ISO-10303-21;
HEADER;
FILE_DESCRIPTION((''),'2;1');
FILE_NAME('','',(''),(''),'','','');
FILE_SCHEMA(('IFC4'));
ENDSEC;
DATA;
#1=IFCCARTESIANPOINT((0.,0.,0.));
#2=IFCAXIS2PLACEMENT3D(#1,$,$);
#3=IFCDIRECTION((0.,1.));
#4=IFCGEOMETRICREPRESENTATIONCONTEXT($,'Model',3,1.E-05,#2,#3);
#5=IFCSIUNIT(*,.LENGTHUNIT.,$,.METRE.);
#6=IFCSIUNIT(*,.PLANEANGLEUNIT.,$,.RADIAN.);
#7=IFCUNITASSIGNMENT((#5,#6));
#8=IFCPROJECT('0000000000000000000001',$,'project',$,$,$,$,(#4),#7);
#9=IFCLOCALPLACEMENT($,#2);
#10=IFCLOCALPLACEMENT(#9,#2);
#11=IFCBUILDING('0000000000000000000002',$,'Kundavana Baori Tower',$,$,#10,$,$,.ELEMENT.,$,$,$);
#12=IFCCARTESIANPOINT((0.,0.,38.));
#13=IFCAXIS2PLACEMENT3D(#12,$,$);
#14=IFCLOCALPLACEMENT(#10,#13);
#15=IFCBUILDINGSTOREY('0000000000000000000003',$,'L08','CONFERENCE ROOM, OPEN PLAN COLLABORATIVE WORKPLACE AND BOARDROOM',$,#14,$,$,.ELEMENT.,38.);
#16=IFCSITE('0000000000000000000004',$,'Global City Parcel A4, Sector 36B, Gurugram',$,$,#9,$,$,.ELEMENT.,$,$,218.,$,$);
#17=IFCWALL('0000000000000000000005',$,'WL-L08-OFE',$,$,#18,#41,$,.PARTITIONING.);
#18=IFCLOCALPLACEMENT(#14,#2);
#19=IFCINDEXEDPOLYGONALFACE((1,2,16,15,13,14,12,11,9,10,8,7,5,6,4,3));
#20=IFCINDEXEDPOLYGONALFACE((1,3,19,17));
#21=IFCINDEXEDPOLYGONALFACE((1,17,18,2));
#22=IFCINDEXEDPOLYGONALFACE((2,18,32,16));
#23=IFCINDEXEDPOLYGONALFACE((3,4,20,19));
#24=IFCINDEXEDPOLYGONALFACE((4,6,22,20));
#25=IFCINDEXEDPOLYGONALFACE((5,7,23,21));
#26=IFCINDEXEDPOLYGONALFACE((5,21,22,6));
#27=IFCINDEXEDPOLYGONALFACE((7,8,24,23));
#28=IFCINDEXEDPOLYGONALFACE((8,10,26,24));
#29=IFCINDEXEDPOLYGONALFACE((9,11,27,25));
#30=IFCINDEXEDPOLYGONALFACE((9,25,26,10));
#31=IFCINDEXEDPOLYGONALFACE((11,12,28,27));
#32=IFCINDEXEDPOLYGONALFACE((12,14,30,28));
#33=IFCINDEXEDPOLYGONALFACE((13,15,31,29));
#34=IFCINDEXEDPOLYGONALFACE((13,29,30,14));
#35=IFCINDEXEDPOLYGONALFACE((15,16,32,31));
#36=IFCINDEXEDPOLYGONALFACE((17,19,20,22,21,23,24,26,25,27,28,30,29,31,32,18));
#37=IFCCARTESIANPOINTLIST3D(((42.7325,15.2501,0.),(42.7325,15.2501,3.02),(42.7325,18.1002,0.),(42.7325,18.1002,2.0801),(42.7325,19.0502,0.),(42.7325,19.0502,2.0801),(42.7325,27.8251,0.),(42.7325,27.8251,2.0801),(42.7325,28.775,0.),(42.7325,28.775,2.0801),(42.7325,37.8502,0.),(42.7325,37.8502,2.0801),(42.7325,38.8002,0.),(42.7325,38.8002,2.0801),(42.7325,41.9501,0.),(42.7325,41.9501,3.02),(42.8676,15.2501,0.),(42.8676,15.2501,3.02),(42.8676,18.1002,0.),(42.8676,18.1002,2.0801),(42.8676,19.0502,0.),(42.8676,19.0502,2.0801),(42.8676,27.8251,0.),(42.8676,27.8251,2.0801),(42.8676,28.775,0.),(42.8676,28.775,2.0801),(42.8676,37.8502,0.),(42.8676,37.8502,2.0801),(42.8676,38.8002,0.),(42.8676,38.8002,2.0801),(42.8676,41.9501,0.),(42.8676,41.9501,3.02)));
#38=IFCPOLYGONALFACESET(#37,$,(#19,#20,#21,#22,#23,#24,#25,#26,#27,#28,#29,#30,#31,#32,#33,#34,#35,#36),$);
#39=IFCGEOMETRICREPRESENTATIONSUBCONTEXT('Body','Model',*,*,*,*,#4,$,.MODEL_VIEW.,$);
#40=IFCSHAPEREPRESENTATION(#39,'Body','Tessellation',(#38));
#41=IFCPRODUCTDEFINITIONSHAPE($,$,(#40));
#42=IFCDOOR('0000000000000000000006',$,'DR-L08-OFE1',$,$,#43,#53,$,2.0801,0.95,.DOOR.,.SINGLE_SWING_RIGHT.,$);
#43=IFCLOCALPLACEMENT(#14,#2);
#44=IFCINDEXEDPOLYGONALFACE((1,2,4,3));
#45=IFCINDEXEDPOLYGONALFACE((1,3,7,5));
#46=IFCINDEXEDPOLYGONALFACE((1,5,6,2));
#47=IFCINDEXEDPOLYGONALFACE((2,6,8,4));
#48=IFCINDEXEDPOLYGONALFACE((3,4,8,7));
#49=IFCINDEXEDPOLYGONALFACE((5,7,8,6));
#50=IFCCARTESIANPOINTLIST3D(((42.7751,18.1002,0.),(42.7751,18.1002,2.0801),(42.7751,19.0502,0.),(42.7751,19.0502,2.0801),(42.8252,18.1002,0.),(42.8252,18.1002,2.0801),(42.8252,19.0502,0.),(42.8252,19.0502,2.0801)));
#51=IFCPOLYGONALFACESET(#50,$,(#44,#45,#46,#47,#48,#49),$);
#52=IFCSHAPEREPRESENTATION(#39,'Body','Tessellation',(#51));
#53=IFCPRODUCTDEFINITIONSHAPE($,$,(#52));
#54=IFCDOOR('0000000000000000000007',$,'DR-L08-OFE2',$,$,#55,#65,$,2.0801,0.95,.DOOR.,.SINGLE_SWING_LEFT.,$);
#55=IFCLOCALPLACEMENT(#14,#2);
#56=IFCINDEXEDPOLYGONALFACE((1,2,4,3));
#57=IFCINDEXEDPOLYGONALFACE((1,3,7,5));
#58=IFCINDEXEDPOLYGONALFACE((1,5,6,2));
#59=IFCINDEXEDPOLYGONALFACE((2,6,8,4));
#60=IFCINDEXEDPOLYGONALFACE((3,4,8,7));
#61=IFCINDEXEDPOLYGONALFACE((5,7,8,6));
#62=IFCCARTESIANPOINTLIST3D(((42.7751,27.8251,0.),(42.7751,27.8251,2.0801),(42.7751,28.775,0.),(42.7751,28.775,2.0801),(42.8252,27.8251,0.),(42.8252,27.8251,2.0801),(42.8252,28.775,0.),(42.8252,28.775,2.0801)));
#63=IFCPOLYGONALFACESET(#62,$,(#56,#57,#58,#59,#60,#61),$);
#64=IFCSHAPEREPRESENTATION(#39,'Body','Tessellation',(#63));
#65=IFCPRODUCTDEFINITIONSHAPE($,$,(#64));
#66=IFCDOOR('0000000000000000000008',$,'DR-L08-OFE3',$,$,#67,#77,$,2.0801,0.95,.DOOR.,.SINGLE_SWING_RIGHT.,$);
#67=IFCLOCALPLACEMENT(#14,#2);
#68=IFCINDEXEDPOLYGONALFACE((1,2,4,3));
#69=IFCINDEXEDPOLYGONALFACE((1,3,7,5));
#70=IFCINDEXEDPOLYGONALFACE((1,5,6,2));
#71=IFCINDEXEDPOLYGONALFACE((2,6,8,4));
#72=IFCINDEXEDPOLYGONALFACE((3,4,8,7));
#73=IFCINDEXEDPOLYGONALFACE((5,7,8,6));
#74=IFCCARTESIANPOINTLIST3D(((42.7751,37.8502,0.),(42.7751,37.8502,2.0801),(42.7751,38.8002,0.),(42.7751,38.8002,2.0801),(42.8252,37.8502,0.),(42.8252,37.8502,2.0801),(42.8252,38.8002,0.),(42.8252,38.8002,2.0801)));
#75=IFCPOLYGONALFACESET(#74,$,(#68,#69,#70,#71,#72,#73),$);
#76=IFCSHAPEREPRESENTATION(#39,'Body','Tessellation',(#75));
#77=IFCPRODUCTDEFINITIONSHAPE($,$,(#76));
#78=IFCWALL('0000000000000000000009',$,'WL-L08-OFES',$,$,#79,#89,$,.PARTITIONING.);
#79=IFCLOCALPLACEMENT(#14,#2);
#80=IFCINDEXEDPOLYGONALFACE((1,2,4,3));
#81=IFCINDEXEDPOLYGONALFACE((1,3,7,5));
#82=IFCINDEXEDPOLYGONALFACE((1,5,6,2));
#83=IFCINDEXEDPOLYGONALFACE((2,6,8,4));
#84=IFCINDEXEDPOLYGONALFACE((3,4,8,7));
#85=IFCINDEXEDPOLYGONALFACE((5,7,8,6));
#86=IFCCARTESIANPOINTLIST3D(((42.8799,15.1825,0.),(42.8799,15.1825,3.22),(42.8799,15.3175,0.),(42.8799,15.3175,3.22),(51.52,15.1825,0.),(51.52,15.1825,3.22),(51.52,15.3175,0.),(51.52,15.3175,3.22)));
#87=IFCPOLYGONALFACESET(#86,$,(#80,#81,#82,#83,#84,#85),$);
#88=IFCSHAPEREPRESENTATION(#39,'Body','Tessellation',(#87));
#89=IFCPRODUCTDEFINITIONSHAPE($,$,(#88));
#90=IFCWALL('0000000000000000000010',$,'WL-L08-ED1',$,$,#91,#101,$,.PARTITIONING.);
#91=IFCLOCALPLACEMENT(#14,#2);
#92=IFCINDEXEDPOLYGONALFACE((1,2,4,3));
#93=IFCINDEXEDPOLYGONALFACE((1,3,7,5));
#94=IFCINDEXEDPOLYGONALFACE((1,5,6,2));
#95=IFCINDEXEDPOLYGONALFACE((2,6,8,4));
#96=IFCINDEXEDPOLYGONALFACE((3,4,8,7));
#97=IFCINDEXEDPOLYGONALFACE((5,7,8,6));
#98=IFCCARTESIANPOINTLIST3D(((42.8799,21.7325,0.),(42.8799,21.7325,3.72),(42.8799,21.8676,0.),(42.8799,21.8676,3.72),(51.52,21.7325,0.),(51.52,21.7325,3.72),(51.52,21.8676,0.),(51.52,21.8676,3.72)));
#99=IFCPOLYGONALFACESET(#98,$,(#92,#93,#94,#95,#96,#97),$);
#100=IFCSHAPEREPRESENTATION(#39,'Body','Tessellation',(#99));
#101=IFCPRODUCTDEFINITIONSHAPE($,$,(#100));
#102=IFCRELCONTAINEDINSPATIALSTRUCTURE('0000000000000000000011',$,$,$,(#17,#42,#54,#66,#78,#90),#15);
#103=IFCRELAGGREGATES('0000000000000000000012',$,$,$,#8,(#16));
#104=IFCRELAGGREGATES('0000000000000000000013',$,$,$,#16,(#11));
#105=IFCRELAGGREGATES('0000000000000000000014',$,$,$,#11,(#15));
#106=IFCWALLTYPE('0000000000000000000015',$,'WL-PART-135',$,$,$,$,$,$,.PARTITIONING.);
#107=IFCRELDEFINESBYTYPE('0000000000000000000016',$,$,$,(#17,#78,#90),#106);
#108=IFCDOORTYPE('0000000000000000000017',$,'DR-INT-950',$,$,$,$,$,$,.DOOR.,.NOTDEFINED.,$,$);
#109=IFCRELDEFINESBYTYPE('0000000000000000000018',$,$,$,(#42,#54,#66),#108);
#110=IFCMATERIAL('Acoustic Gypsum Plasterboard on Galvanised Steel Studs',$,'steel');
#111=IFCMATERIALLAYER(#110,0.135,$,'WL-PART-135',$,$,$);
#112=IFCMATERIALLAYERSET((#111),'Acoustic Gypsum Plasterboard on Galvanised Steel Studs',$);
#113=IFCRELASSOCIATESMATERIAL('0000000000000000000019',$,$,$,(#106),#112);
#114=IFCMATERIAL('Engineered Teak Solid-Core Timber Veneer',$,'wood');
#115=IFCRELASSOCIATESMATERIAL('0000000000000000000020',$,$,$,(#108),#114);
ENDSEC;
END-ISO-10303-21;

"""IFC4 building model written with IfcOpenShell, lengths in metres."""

from ifc_helpers import new_model, si_unit, direction, frame, frame_2d, origin, place, context, subcontext, project, spatial, rectangle, extrude, material, layer, layer_set, type_object, element, fill, save


model = new_model("IFC4")

# Units and contexts
model_context = context("Model", 3, precision=1e-05, world=origin(), true_north=direction((0.0, 1.0)))
body_context = subcontext(model_context, "Body", "Model", "MODEL_VIEW")
ifc_project = project(units=[si_unit("LENGTHUNIT", "METRE"), si_unit("PLANEANGLEUNIT", "RADIAN")], contexts=[model_context])

# Site, building, storey
site_placement = place(None, origin())
site = spatial("IfcSite", under=ifc_project, at=site_placement, Name="Global City Parcel A4, Sector 36B, Gurugram", CompositionType="ELEMENT", RefElevation=218.0)
building_placement = place(site_placement, origin())
building = spatial("IfcBuilding", under=site, at=building_placement, Name="Kundavana Baori Tower", CompositionType="ELEMENT")
storey_placement = place(building_placement, frame((0.0, 0.0, 38.0)))
storey = spatial("IfcBuildingStorey", under=building, at=storey_placement, Name="L08", Description="CONFERENCE ROOM, OPEN PLAN COLLABORATIVE WORKPLACE AND BOARDROOM", CompositionType="ELEMENT", Elevation=38.0)

# Wall, openings, doors
ifc_material_1 = material(Name="Acoustic Gypsum Plasterboard on Galvanised Steel Studs", Category="steel")
ifc_layer_1 = layer(ifc_material_1, 0.135, Name="WL-PART-135")
ifc_layer_set_1 = layer_set([ifc_layer_1], Name="Acoustic Gypsum Plasterboard on Galvanised Steel Studs")
wall_type_1 = type_object("IfcWallType", Name="WL-PART-135", PredefinedType="PARTITIONING", material=ifc_layer_set_1)
wall_1_placement = place(storey_placement, frame((42.8, 15.25, 0.0), z_axis=(0.0, 0.0, 1.0), x_axis=(0.0, 1.0, 0.0)))
wall_1 = element("IfcWall", 1, at=wall_1_placement, inside=storey, type_object=wall_type_1, Name="WL-L08-OFE", PredefinedType="PARTITIONING", context=body_context, shape_type="SweptSolid", body=[
    extrude(rectangle(XDim=26.7, YDim=0.135, at=frame_2d((13.3501, 0.0))), origin(), (0.0, 0.0, 1.0), 3.02),
])
opening_1_placement = place(wall_1_placement, frame((2.8501, 0.0, 0.0)))
opening_1 = element("IfcOpeningElement", 2, at=opening_1_placement, cuts=wall_1, PredefinedType="OPENING", context=body_context, shape_type="SweptSolid", body=[
    extrude(rectangle(XDim=0.95, YDim=2.0801, at=frame_2d((0.4751, 1.04))), frame((0.0, 0.0776, 0.0), z_axis=(0.0, -1.0, 0.0), x_axis=(1.0, 0.0, 0.0)), (0.0, 0.0, 1.0), 0.155),
])
opening_2_placement = place(wall_1_placement, frame((12.575, 0.0, 0.0)))
opening_2 = element("IfcOpeningElement", 3, at=opening_2_placement, cuts=wall_1, PredefinedType="OPENING", context=body_context, shape_type="SweptSolid", body=[
    extrude(rectangle(XDim=0.95, YDim=2.0801, at=frame_2d((0.4751, 1.04))), frame((0.0, 0.0776, 0.0), z_axis=(0.0, -1.0, 0.0), x_axis=(1.0, 0.0, 0.0)), (0.0, 0.0, 1.0), 0.155),
])
opening_3_placement = place(wall_1_placement, frame((22.6001, 0.0, 0.0)))
opening_3 = element("IfcOpeningElement", 4, at=opening_3_placement, cuts=wall_1, PredefinedType="OPENING", context=body_context, shape_type="SweptSolid", body=[
    extrude(rectangle(XDim=0.95, YDim=2.0801, at=frame_2d((0.4751, 1.04))), frame((0.0, 0.0776, 0.0), z_axis=(0.0, -1.0, 0.0), x_axis=(1.0, 0.0, 0.0)), (0.0, 0.0, 1.0), 0.155),
])
ifc_material_2 = material(Name="Engineered Teak Solid-Core Timber Veneer", Category="wood")
door_type_1 = type_object("IfcDoorType", Name="DR-INT-950", OperationType="NOTDEFINED", PredefinedType="DOOR", material=ifc_material_2)
door_1_placement = place(opening_1_placement, origin())
door_1 = element("IfcDoor", 5, at=door_1_placement, inside=storey, type_object=door_type_1, Name="DR-L08-OFE1", OperationType="SINGLE_SWING_RIGHT", OverallHeight=2.0801, OverallWidth=0.95, PredefinedType="DOOR", context=body_context, shape_type="SweptSolid", body=[
    extrude(rectangle(XDim=0.95, YDim=2.0801, at=frame_2d((0.4751, 1.04))), frame((0.0, 0.0249, 0.0), z_axis=(0.0, -1.0, 0.0), x_axis=(1.0, 0.0, 0.0)), (0.0, 0.0, 1.0), 0.05),
])
fill(opening_1, door_1)
door_2_placement = place(opening_2_placement, origin())
door_2 = element("IfcDoor", 6, at=door_2_placement, inside=storey, type_object=door_type_1, Name="DR-L08-OFE2", OperationType="SINGLE_SWING_LEFT", OverallHeight=2.0801, OverallWidth=0.95, PredefinedType="DOOR", context=body_context, shape_type="SweptSolid", body=[
    extrude(rectangle(XDim=0.95, YDim=2.0801, at=frame_2d((0.4751, 1.04))), frame((0.0, 0.0249, 0.0), z_axis=(0.0, -1.0, 0.0), x_axis=(1.0, 0.0, 0.0)), (0.0, 0.0, 1.0), 0.05),
])
fill(opening_2, door_2)
door_3_placement = place(opening_3_placement, origin())
door_3 = element("IfcDoor", 7, at=door_3_placement, inside=storey, type_object=door_type_1, Name="DR-L08-OFE3", OperationType="SINGLE_SWING_RIGHT", OverallHeight=2.0801, OverallWidth=0.95, PredefinedType="DOOR", context=body_context, shape_type="SweptSolid", body=[
    extrude(rectangle(XDim=0.95, YDim=2.0801, at=frame_2d((0.4751, 1.04))), frame((0.0, 0.0249, 0.0), z_axis=(0.0, -1.0, 0.0), x_axis=(1.0, 0.0, 0.0)), (0.0, 0.0, 1.0), 0.05),
])
fill(opening_3, door_3)

# Walls
wall_2_placement = place(storey_placement, frame((42.8799, 15.25, 0.0), z_axis=(0.0, 0.0, 1.0), x_axis=(1.0, 0.0, 0.0)))
element("IfcWall", 8, at=wall_2_placement, inside=storey, type_object=wall_type_1, Name="WL-L08-OFES", PredefinedType="PARTITIONING", context=body_context, shape_type="SweptSolid", body=[
    extrude(rectangle(XDim=8.6401, YDim=0.135, at=frame_2d((4.3201, 0.0))), origin(), (0.0, 0.0, 1.0), 3.22),
])
wall_3_placement = place(storey_placement, frame((42.8799, 21.8, 0.0), z_axis=(0.0, 0.0, 1.0), x_axis=(1.0, 0.0, 0.0)))
element("IfcWall", 9, at=wall_3_placement, inside=storey, type_object=wall_type_1, Name="WL-L08-ED1", PredefinedType="PARTITIONING", context=body_context, shape_type="SweptSolid", body=[
    extrude(rectangle(XDim=8.6401, YDim=0.135, at=frame_2d((4.3201, 0.0))), origin(), (0.0, 0.0, 1.0), 3.72),
])

save(model, "model.ifc")
